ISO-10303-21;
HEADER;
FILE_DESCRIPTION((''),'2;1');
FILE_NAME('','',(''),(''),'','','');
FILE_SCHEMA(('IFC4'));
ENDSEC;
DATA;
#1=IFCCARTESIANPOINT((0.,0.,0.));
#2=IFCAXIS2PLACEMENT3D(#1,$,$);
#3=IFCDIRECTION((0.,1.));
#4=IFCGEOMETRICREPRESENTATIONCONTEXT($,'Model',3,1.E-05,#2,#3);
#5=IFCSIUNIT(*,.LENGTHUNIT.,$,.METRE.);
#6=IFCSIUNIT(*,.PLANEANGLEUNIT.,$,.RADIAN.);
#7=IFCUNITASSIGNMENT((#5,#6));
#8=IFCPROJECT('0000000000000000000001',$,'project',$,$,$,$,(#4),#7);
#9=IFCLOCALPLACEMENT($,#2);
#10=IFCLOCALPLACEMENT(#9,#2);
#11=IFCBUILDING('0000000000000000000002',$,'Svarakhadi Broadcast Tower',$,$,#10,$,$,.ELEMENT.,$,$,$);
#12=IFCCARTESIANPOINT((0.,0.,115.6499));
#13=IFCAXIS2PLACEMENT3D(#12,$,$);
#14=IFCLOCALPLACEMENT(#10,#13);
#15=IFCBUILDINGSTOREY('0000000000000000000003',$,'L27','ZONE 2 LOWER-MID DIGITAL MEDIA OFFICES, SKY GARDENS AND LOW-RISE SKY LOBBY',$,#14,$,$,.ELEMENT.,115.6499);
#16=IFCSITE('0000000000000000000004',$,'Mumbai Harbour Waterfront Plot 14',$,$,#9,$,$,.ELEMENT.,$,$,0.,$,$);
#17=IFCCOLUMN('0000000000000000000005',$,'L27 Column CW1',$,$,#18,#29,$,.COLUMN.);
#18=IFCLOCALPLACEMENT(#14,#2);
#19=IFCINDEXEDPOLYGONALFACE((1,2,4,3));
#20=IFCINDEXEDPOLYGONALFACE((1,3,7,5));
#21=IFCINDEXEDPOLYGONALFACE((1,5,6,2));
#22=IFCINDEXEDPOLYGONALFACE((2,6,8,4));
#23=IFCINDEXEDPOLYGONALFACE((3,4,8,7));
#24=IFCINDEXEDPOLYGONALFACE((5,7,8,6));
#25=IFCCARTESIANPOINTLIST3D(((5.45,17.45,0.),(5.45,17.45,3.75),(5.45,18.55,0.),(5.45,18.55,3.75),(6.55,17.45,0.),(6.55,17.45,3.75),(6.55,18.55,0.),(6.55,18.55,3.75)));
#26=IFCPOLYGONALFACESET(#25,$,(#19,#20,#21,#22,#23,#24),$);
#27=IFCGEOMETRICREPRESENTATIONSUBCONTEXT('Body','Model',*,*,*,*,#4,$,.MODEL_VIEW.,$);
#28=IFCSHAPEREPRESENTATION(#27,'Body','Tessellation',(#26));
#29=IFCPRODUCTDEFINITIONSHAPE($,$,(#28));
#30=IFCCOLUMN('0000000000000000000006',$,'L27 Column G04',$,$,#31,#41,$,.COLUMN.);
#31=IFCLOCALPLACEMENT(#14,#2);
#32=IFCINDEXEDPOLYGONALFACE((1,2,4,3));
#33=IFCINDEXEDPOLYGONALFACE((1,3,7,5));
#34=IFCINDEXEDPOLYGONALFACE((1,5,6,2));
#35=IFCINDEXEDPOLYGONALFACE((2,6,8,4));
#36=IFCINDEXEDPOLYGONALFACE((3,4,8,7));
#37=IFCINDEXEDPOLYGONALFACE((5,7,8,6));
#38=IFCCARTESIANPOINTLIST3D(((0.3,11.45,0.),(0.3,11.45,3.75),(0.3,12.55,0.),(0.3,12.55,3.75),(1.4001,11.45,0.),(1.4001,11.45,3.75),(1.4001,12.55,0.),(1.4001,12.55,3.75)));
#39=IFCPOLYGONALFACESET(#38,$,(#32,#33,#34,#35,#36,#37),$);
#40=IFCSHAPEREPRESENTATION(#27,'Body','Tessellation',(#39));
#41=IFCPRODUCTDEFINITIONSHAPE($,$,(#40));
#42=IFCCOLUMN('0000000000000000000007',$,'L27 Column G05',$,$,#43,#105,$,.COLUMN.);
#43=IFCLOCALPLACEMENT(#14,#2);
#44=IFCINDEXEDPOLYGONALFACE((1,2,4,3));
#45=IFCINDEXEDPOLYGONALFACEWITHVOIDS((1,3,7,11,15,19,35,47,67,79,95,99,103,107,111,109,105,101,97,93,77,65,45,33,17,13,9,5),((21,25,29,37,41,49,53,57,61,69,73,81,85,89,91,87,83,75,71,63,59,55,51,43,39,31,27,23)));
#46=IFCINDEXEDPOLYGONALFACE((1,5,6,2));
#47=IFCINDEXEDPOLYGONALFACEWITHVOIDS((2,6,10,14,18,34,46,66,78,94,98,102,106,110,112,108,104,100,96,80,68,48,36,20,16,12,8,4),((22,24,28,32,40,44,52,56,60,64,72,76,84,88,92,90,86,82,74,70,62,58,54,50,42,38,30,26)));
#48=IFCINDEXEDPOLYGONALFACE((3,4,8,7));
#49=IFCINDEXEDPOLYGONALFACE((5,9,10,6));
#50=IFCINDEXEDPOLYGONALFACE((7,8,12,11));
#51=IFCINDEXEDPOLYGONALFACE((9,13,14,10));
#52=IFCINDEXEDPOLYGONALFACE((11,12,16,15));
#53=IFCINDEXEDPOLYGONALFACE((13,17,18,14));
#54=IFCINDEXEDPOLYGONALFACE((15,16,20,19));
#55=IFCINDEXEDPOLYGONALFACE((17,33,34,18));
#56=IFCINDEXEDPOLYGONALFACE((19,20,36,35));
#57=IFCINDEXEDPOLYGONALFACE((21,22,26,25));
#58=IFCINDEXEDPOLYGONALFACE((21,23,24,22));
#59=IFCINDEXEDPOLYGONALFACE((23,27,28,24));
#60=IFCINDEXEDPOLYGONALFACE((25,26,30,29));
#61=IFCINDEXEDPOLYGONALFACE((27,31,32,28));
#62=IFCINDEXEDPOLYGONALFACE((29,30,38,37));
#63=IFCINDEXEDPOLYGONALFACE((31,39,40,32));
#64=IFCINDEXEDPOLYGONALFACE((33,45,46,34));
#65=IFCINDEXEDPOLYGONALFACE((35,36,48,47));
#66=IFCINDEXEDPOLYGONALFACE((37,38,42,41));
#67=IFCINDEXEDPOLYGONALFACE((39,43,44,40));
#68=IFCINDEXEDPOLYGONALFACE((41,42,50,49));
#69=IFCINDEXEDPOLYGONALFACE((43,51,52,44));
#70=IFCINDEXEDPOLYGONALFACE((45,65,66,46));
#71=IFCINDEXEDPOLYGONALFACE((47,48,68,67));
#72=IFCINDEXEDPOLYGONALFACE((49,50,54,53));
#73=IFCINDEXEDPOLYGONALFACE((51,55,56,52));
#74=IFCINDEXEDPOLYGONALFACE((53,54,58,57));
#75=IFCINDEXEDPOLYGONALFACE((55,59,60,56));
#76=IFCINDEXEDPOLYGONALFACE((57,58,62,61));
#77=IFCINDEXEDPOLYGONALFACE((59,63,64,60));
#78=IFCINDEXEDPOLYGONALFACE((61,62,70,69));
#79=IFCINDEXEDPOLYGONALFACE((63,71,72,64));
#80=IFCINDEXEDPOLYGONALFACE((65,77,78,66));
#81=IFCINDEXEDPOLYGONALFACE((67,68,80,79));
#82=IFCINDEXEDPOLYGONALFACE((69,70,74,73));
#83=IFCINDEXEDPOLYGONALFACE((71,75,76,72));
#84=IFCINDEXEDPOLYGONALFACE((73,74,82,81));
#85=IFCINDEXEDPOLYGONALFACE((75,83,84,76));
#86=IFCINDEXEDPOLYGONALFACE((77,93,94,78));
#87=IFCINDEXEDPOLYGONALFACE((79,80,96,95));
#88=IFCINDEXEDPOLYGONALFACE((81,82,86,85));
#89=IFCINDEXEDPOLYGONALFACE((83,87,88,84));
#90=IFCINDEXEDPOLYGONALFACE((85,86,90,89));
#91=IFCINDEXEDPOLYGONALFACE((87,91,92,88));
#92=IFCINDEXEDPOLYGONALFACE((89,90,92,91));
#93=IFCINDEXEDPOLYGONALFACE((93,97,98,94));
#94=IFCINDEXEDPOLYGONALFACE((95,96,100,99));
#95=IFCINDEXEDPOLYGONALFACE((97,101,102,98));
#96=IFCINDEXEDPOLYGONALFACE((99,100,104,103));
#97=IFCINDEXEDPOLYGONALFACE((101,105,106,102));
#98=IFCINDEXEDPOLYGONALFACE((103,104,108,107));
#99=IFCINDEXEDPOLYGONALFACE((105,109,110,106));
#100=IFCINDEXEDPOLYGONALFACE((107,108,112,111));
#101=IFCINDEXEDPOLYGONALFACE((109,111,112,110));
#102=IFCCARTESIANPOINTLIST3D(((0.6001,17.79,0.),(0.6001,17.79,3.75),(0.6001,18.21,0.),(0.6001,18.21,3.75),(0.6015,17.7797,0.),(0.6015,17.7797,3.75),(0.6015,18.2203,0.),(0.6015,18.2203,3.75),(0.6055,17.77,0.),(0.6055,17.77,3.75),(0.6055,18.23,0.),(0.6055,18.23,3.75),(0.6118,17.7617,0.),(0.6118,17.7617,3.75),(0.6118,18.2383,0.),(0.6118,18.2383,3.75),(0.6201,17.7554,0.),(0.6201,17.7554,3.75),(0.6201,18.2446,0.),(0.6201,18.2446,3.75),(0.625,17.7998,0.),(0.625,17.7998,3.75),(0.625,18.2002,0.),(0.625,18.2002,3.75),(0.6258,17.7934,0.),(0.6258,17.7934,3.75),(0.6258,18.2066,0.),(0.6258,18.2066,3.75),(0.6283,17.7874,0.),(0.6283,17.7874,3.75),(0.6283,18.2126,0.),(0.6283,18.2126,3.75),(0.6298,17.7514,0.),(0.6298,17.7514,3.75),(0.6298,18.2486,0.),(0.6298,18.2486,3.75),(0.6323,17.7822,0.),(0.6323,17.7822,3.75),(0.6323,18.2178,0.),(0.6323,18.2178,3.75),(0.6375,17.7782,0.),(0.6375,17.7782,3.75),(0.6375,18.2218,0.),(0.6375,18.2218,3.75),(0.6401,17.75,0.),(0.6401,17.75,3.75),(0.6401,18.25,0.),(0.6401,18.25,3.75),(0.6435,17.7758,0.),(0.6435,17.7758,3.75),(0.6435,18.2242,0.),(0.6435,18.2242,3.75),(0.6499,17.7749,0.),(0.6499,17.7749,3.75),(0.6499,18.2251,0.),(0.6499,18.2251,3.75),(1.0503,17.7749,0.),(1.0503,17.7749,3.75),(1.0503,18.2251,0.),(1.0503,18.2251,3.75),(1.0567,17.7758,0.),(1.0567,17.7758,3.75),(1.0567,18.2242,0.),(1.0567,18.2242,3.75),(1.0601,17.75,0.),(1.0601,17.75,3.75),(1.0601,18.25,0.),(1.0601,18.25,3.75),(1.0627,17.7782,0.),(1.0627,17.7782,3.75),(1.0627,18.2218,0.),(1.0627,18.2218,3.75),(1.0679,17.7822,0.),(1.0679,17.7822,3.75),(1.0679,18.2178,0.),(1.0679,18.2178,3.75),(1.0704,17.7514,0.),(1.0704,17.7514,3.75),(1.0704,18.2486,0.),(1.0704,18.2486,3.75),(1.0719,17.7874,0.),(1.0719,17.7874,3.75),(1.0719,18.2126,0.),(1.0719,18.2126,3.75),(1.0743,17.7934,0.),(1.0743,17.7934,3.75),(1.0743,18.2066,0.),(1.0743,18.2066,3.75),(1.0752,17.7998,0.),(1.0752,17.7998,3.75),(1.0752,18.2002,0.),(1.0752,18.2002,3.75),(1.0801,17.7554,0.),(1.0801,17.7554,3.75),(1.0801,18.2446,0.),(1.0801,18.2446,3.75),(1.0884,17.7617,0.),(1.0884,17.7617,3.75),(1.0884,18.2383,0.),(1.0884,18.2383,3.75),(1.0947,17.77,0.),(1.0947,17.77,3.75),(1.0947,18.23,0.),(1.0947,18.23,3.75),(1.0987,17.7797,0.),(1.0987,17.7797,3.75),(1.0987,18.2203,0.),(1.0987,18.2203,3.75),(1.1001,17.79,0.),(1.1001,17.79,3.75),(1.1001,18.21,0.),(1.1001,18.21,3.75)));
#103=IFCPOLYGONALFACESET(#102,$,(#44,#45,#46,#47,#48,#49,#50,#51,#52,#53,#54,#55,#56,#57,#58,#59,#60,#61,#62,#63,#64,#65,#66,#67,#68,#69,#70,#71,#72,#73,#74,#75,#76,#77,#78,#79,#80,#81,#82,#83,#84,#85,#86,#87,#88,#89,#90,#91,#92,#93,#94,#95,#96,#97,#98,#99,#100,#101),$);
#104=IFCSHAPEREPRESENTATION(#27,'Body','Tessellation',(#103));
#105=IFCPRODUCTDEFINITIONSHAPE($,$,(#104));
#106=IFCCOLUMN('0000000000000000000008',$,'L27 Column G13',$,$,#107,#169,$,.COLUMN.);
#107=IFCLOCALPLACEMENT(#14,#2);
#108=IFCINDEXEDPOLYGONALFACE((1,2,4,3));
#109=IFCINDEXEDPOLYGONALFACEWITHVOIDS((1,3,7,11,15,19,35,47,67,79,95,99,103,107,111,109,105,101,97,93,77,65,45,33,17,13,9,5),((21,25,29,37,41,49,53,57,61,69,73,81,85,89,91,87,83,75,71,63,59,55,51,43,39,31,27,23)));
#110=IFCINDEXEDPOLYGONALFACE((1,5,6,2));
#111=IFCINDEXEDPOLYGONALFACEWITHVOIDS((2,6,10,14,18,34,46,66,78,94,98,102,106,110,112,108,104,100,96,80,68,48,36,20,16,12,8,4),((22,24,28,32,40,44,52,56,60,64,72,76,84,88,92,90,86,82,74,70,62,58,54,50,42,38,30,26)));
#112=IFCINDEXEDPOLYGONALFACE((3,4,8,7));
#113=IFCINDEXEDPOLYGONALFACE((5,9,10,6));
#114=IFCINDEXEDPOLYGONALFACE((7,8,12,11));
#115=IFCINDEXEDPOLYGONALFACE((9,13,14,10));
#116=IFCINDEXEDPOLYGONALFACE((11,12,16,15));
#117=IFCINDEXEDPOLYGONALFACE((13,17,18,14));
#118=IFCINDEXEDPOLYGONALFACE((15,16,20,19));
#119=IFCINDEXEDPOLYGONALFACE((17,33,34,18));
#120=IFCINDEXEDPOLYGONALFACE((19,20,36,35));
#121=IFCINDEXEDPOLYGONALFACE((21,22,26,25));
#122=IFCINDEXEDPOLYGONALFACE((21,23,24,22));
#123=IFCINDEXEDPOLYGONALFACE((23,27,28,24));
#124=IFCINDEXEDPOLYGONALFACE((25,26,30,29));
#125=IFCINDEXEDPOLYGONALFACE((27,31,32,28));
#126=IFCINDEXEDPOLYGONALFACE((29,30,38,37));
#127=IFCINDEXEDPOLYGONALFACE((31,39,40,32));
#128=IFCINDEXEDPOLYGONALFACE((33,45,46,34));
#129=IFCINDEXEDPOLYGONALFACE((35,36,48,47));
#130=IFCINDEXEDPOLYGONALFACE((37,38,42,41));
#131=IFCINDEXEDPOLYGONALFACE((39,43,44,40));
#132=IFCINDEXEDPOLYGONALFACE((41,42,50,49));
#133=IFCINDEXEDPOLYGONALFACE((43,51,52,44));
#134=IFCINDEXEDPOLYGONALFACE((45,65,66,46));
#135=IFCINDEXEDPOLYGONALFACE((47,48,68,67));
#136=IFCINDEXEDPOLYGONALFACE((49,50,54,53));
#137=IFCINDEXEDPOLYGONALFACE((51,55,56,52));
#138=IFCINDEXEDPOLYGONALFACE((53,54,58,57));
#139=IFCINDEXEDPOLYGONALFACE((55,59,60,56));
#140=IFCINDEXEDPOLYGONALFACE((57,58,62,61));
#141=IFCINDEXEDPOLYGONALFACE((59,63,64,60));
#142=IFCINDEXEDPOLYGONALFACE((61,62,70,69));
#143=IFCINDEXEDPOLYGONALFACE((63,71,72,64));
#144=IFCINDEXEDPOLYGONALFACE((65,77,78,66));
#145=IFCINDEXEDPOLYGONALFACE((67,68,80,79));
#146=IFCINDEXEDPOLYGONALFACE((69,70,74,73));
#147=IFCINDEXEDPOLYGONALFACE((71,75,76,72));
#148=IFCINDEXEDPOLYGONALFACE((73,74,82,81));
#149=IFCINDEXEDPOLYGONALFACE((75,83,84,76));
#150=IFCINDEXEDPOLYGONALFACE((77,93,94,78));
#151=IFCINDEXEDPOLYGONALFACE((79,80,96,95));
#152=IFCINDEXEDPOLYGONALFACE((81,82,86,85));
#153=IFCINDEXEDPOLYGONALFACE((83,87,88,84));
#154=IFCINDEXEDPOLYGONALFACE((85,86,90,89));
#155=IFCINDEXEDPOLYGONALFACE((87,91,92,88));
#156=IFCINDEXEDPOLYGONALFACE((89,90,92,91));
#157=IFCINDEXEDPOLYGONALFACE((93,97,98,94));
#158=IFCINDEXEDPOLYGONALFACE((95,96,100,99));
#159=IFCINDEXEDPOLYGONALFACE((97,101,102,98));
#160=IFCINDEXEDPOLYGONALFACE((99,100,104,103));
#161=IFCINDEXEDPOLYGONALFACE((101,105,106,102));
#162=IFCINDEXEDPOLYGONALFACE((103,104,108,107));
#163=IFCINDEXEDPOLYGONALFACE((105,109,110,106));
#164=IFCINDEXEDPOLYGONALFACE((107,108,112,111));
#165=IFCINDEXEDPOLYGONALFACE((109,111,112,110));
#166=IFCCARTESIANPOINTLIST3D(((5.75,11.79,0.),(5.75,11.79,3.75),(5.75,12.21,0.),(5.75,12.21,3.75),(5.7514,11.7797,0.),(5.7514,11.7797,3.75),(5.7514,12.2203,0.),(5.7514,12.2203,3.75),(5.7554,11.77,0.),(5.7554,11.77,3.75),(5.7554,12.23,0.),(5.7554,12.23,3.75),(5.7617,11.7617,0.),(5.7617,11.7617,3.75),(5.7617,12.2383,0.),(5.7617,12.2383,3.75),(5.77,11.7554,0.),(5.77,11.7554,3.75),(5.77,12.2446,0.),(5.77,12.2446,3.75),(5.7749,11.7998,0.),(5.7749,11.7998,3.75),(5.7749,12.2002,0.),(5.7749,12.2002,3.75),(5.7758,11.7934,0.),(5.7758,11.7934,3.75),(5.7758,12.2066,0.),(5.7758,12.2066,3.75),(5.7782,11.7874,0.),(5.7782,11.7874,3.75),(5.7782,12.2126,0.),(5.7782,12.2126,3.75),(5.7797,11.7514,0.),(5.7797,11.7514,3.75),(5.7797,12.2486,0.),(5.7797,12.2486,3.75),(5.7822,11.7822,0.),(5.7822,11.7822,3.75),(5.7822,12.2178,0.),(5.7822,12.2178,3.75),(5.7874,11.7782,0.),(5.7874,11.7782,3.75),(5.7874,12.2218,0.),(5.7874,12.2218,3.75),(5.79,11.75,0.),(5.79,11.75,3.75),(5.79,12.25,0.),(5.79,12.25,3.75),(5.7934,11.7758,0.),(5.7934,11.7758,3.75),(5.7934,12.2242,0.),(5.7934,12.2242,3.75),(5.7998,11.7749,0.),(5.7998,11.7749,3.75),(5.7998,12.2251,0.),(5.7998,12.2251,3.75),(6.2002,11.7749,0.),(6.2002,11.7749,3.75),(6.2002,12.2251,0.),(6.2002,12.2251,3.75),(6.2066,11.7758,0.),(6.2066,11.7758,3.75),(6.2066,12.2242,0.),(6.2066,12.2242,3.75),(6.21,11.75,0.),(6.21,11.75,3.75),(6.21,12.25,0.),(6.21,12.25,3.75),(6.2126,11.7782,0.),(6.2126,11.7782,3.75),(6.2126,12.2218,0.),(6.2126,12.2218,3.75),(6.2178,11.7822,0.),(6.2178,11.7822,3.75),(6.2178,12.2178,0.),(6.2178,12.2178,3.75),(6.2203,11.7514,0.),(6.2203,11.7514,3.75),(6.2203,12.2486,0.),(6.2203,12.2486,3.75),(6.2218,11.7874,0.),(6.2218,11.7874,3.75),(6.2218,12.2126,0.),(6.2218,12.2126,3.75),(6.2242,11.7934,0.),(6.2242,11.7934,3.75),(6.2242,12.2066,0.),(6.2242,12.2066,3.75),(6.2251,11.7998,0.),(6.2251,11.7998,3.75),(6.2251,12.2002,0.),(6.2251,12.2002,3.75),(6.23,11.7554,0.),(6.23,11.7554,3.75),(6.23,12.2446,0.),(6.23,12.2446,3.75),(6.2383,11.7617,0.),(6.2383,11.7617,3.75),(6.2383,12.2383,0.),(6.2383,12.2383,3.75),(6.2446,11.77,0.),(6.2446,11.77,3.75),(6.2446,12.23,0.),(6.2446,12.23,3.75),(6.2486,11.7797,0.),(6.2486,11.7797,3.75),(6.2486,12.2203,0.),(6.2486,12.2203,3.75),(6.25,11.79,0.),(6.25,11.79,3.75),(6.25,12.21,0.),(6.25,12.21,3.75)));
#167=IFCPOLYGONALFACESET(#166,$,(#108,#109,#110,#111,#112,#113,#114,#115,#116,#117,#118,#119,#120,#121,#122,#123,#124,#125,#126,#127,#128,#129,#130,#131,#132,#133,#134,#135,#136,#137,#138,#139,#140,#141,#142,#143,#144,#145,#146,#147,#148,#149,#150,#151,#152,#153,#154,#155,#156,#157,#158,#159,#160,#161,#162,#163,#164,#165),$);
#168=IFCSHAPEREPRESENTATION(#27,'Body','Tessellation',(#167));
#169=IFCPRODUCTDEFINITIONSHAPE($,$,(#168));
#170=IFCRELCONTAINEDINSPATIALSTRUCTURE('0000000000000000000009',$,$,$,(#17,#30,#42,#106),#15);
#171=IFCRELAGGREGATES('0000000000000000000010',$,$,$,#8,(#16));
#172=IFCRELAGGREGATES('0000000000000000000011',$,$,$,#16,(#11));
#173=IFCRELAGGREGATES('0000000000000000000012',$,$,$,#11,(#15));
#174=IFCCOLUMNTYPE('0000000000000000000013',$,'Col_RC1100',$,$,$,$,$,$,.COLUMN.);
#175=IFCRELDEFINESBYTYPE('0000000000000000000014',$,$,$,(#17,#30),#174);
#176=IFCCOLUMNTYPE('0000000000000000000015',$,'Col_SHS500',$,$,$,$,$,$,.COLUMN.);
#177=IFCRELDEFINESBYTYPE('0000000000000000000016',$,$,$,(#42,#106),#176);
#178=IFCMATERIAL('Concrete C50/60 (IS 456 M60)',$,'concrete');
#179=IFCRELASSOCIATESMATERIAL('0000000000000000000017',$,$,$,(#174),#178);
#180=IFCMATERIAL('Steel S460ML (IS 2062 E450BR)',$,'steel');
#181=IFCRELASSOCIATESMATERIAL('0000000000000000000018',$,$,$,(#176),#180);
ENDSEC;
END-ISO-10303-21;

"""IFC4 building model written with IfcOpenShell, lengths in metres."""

from ifc_helpers import new_model, si_unit, direction, frame, origin, origin_2d, place, context, subcontext, project, spatial, rectangle, hollow_rectangle, extrude, material, material_profile, profile_set, type_object, element, save


model = new_model("IFC4")

# Units and contexts
model_context = context("Model", 3, precision=1e-05, world=origin(), true_north=direction((0.0, 1.0)))
body_context = subcontext(model_context, "Body", "Model", "MODEL_VIEW")
ifc_project = project(units=[si_unit("LENGTHUNIT", "METRE"), si_unit("PLANEANGLEUNIT", "RADIAN")], contexts=[model_context])

# Site, building, storey
site_placement = place(None, origin())
site = spatial("IfcSite", under=ifc_project, at=site_placement, Name="Mumbai Harbour Waterfront Plot 14", CompositionType="ELEMENT", RefElevation=0.0)
building_placement = place(site_placement, origin())
building = spatial("IfcBuilding", under=site, at=building_placement, Name="Svarakhadi Broadcast Tower", CompositionType="ELEMENT")
storey_placement = place(building_placement, frame((0.0, 0.0, 115.6499)))
storey = spatial("IfcBuildingStorey", under=building, at=storey_placement, Name="L27", Description="ZONE 2 LOWER-MID DIGITAL MEDIA OFFICES, SKY GARDENS AND LOW-RISE SKY LOBBY", CompositionType="ELEMENT", Elevation=115.6499)

# Columns
ifc_material_1 = material(Name="Concrete C50/60 (IS 456 M60)", Category="concrete")
ifc_material_profile_1 = material_profile(ifc_material_1, rectangle(XDim=1.1001, YDim=1.1001, at=origin_2d()), Name="RC 1100x1100")
ifc_profile_set_1 = profile_set([ifc_material_profile_1], Name="Concrete C50/60 (IS 456 M60)")
column_type_1 = type_object("IfcColumnType", Name="Col_RC1100", PredefinedType="COLUMN", material=ifc_profile_set_1)
for number, where, z_axis, x_axis, name in (
    (1, (6.0, 18.0, 0.0), (0.0, 0.0, 1.0), (1.0, 0.0, 0.0), "L27 Column CW1"),
    (2, (0.8501, 12.0, 0.0), (0.0, 0.0, 1.0), (1.0, 0.0, 0.0), "L27 Column G04"),
):
    element("IfcColumn", number, at=place(storey_placement, frame(where, z_axis=z_axis, x_axis=x_axis)), inside=storey, type_object=column_type_1, Name=name, PredefinedType="COLUMN", context=body_context, shape_type="SweptSolid", body=[
        extrude(rectangle(XDim=1.1001, YDim=1.1001, at=origin_2d()), origin(), (0.0, 0.0, 1.0), 3.75),
    ])
ifc_material_2 = material(Name="Steel S460ML (IS 2062 E450BR)", Category="steel")
ifc_material_profile_2 = material_profile(ifc_material_2, hollow_rectangle(XDim=0.5, YDim=0.5, WallThickness=0.0249, InnerFilletRadius=0.0249, OuterFilletRadius=0.04, at=origin_2d()), Name="SHS 500x500x25")
ifc_profile_set_2 = profile_set([ifc_material_profile_2], Name="Steel S460ML (IS 2062 E450BR)")
column_type_2 = type_object("IfcColumnType", Name="Col_SHS500", PredefinedType="COLUMN", material=ifc_profile_set_2)
for number, where, z_axis, x_axis, name in (
    (3, (0.8501, 18.0, 0.0), (0.0, 0.0, 1.0), (1.0, 0.0, 0.0), "L27 Column G05"),
    (4, (6.0, 12.0, 0.0), (0.0, 0.0, 1.0), (1.0, 0.0, 0.0), "L27 Column G13"),
):
    element("IfcColumn", number, at=place(storey_placement, frame(where, z_axis=z_axis, x_axis=x_axis)), inside=storey, type_object=column_type_2, Name=name, PredefinedType="COLUMN", context=body_context, shape_type="SweptSolid", body=[
        extrude(hollow_rectangle(XDim=0.5, YDim=0.5, WallThickness=0.0249, InnerFilletRadius=0.0249, OuterFilletRadius=0.04, at=origin_2d()), origin(), (0.0, 0.0, 1.0), 3.75),
    ])

save(model, "model.ifc")
